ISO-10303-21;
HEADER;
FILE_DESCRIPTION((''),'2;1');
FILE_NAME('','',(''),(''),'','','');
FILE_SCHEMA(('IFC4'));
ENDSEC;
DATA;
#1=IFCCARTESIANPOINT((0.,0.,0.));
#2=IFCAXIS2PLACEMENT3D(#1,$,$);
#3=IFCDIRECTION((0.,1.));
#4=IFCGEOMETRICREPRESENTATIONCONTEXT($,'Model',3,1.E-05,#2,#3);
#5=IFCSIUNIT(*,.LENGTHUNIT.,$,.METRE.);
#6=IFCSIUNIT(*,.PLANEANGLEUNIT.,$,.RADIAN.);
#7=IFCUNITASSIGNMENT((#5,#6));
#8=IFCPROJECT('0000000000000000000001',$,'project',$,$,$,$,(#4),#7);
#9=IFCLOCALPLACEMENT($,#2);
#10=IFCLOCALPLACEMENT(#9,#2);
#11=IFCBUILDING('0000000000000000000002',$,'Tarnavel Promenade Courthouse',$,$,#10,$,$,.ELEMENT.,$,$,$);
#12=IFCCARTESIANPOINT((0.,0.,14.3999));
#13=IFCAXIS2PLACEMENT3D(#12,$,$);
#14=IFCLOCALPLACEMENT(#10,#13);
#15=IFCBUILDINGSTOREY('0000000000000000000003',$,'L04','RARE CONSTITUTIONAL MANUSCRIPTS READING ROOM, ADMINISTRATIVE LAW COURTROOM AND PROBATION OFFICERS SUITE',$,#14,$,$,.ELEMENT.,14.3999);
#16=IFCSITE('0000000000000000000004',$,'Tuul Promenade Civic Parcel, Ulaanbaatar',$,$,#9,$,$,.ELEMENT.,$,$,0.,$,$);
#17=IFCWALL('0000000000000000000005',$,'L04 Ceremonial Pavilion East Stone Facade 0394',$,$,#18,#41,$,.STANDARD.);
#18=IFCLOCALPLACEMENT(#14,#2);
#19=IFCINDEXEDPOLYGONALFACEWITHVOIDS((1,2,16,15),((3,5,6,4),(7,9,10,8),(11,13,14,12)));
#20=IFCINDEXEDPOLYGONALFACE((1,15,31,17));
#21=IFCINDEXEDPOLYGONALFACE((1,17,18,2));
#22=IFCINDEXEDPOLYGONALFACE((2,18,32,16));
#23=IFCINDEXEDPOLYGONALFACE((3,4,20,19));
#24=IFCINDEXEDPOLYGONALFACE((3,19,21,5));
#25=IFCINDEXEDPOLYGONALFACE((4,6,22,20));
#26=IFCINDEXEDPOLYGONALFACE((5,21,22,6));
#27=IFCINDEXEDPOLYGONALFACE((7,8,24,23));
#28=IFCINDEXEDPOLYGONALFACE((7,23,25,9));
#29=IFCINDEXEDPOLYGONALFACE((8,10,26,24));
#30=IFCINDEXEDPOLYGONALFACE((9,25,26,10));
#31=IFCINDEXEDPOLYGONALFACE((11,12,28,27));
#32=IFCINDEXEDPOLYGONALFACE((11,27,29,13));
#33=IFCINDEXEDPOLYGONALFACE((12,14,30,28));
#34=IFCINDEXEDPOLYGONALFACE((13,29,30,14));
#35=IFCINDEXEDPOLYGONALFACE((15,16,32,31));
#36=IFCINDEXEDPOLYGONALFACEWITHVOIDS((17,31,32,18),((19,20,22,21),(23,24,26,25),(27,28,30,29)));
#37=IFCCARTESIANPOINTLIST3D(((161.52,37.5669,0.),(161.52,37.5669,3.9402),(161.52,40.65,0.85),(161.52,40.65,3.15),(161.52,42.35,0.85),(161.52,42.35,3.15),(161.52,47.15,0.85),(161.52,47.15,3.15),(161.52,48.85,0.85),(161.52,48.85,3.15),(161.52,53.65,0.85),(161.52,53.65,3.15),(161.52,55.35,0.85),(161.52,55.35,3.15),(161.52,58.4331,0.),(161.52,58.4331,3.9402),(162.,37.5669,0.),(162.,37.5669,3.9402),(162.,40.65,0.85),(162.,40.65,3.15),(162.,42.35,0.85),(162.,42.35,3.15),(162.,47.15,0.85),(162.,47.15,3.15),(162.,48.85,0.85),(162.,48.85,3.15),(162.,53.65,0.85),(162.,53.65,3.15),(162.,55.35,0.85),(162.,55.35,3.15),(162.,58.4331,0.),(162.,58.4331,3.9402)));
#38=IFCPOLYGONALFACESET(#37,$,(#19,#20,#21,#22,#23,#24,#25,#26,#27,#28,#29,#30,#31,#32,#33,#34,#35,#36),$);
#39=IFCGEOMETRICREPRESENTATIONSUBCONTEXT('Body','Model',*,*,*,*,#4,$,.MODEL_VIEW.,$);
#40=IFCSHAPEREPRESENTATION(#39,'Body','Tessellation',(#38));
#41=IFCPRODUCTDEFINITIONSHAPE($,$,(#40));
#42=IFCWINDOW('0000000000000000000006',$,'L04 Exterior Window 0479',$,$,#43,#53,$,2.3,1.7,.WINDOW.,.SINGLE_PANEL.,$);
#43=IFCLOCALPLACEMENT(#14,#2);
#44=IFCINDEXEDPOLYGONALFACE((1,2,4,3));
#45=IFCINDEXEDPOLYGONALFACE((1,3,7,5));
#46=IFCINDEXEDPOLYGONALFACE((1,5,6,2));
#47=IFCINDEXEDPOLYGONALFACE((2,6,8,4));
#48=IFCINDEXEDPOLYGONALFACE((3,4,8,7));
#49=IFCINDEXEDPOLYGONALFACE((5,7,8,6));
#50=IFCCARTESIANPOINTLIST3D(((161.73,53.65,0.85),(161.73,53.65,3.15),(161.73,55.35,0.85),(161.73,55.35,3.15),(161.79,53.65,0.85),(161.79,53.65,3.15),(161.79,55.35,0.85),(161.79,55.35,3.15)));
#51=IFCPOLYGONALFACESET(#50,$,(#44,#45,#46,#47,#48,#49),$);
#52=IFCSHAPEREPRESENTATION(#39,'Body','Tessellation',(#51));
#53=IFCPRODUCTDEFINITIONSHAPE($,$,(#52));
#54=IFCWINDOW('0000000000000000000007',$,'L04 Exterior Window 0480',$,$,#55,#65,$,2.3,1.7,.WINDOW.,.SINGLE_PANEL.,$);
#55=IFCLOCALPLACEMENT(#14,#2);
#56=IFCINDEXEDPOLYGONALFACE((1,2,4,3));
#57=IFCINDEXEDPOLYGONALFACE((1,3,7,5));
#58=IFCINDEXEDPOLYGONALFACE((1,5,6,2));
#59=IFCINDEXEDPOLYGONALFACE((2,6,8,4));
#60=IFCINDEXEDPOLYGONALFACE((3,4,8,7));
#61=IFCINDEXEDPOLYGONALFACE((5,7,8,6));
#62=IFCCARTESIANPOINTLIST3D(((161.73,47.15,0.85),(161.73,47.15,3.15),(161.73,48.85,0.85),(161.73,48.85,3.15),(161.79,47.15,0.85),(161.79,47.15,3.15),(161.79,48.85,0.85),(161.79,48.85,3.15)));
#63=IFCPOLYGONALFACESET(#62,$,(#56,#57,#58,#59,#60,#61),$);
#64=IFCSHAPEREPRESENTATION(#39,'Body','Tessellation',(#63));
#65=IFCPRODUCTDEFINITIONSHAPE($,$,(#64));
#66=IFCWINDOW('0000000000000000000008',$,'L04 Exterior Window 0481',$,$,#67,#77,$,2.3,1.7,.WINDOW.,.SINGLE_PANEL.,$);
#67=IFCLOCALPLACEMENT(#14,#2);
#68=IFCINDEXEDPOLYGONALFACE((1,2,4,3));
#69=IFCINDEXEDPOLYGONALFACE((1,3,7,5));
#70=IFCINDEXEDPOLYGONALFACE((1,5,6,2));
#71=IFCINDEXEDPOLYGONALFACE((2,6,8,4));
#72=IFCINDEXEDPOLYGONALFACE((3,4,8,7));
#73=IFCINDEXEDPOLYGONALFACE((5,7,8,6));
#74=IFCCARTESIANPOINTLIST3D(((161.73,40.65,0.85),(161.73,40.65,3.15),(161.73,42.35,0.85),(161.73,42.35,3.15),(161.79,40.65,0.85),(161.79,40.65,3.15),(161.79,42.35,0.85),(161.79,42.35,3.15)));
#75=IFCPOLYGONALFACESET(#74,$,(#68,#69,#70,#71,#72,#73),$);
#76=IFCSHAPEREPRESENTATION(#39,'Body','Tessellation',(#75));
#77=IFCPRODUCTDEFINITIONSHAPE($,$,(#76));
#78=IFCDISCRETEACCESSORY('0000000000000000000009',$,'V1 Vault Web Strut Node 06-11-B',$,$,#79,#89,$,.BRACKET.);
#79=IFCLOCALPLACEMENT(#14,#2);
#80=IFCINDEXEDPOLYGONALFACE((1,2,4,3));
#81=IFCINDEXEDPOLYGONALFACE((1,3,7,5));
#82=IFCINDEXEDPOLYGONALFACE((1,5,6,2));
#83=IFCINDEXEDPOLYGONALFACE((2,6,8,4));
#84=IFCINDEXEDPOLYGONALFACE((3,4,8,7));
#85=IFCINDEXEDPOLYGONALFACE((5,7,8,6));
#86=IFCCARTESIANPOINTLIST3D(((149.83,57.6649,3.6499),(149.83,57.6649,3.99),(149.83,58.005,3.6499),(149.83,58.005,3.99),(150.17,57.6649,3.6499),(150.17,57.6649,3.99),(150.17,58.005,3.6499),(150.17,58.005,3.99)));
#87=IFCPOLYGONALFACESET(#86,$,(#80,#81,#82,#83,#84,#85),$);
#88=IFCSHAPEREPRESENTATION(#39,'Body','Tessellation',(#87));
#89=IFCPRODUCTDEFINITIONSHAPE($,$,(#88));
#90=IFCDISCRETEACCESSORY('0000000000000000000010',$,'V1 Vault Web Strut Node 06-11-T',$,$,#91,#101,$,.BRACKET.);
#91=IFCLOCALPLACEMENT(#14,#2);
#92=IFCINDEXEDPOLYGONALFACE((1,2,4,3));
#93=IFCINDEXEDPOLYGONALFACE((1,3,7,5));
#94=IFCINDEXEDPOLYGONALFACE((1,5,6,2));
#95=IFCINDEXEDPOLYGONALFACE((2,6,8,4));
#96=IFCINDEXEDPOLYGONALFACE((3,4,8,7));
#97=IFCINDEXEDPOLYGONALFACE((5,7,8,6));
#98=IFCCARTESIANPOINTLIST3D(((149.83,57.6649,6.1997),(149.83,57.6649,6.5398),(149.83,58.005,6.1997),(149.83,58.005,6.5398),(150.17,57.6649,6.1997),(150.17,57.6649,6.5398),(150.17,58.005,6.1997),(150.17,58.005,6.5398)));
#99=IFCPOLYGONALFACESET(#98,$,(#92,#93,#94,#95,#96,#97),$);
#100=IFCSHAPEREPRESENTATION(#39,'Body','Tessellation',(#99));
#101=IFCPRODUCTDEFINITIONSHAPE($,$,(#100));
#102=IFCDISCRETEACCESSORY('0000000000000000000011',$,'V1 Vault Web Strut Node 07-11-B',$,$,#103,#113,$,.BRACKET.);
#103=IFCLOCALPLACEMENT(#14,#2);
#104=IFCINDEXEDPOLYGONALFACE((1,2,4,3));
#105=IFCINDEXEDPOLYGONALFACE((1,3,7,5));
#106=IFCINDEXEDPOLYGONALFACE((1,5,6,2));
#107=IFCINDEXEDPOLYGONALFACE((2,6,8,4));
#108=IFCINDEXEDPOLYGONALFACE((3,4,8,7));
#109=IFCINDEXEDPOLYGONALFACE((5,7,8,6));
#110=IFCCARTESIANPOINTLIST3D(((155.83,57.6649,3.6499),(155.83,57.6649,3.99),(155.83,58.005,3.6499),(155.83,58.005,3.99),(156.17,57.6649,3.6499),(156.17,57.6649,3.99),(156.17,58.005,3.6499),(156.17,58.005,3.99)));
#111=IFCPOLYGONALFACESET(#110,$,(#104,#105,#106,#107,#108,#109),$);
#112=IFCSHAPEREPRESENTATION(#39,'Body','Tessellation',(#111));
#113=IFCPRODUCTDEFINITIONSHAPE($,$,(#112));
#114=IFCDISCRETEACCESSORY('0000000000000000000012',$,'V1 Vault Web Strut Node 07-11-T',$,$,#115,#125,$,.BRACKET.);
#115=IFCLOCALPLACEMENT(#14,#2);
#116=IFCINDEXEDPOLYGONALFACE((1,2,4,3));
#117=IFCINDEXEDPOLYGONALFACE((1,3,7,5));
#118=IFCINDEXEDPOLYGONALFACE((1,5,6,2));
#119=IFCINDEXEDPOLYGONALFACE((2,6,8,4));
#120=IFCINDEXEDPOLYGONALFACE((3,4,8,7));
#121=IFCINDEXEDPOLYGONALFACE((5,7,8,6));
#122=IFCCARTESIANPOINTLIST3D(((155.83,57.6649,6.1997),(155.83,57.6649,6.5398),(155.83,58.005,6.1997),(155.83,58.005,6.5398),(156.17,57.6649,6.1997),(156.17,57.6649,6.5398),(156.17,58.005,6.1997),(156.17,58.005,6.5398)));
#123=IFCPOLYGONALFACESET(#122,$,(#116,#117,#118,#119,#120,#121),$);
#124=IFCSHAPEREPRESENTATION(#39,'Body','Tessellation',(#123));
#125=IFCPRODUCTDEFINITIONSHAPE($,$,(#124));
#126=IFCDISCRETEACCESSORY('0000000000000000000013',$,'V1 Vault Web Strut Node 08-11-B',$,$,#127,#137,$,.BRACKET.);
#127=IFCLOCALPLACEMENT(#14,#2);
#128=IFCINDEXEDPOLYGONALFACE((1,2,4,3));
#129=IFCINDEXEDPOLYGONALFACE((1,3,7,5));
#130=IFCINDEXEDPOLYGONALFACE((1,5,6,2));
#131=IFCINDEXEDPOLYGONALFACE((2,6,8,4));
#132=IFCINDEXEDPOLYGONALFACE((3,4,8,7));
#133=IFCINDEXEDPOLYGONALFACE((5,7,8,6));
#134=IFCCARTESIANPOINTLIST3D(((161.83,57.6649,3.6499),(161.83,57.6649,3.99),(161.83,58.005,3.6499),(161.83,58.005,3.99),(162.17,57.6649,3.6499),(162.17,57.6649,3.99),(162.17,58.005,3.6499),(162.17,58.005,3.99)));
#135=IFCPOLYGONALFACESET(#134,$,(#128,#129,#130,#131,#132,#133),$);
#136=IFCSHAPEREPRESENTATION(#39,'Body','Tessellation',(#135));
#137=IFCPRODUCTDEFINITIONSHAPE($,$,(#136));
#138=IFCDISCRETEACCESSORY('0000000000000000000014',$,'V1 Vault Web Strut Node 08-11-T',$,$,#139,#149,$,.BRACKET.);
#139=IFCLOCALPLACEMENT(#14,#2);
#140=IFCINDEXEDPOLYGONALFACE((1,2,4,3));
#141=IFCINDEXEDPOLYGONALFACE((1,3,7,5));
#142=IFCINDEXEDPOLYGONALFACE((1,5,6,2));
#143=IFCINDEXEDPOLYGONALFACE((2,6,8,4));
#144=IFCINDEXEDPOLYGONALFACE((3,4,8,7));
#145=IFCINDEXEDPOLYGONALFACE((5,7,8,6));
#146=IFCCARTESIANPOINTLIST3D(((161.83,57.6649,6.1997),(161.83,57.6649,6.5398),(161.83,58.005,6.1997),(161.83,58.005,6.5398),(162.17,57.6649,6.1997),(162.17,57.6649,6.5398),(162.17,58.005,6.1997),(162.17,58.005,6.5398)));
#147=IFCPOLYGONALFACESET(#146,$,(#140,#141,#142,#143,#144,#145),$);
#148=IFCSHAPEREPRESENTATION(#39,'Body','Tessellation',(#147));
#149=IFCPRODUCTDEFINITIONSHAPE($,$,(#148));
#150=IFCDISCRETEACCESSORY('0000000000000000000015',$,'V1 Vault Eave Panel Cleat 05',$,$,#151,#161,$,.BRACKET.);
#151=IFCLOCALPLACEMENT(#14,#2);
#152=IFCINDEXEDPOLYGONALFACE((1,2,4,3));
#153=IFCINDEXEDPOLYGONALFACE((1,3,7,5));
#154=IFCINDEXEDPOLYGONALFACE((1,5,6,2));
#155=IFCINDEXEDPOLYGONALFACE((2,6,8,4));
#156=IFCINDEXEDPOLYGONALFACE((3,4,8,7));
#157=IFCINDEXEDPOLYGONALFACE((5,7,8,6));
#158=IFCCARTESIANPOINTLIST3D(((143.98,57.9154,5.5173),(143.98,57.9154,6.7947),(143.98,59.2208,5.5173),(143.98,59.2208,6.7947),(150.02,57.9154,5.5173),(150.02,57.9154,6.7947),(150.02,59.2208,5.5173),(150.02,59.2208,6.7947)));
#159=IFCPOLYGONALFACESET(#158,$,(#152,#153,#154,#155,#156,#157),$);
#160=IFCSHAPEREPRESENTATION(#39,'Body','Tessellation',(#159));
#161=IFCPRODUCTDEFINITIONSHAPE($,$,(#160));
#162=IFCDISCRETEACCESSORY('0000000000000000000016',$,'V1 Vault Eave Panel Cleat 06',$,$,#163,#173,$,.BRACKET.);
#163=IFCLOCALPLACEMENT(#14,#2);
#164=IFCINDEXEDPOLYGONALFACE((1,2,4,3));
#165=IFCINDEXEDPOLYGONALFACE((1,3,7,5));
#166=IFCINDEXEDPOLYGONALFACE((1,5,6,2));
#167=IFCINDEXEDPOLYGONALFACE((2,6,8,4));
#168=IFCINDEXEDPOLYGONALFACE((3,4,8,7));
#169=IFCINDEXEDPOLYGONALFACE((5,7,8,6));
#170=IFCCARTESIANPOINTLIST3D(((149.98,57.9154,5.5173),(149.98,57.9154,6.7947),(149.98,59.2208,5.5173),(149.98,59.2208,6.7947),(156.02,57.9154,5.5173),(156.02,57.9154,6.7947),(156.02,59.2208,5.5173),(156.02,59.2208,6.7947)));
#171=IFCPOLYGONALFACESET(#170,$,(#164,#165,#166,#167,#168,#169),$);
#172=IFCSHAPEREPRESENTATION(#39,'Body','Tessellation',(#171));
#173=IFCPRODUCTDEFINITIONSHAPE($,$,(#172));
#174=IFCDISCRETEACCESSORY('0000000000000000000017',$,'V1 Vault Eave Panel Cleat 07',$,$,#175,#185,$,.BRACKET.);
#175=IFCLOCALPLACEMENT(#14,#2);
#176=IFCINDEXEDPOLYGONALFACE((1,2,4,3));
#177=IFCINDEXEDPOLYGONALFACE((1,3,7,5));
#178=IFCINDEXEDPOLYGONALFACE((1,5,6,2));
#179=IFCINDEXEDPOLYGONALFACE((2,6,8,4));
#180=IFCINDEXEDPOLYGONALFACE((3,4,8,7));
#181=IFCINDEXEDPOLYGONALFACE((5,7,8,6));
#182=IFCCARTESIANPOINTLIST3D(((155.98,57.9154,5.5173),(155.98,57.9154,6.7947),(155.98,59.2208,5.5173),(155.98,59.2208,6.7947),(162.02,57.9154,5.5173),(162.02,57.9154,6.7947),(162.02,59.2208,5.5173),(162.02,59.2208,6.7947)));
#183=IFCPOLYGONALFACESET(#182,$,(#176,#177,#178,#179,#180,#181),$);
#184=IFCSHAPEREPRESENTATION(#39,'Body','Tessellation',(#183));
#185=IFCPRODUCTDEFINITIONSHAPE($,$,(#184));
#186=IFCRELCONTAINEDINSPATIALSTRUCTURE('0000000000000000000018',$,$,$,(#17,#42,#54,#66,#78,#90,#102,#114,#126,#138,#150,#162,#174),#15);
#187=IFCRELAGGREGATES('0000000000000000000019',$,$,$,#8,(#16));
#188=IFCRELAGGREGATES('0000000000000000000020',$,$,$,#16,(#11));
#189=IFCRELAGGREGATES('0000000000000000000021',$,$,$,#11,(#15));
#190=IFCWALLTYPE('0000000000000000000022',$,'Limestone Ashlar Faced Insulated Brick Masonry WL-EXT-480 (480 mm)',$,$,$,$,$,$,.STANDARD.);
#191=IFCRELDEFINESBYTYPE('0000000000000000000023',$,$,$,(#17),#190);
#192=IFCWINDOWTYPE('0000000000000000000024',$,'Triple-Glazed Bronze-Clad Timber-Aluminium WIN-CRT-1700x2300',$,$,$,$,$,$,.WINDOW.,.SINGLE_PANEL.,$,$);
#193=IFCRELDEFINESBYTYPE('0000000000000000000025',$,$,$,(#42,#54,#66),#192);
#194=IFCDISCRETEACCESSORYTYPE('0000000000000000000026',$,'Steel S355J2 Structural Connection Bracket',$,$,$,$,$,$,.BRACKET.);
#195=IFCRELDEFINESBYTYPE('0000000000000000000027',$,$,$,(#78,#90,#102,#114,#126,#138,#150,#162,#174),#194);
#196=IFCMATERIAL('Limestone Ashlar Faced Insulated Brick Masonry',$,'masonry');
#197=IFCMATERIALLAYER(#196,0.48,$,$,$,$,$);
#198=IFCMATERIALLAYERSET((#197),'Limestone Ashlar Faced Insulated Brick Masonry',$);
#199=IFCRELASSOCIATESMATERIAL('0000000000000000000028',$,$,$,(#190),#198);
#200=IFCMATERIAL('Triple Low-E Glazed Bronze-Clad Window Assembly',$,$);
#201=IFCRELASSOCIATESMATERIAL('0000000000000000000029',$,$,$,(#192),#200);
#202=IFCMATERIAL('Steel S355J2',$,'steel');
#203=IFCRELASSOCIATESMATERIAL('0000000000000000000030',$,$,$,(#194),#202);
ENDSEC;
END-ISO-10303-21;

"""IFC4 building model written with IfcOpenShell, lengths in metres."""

from ifc_helpers import new_model, si_unit, direction, frame, frame_2d, origin, origin_2d, place, context, subcontext, project, spatial, rectangle, extrude, material, layer, layer_set, type_object, element, fill, save


model = new_model("IFC4")

# Units and contexts
model_context = context("Model", 3, precision=1e-05, world=origin(), true_north=direction((0.0, 1.0)))
body_context = subcontext(model_context, "Body", "Model", "MODEL_VIEW")
ifc_project = project(units=[si_unit("LENGTHUNIT", "METRE"), si_unit("PLANEANGLEUNIT", "RADIAN")], contexts=[model_context])

# Site, building, storey
site_placement = place(None, origin())
site = spatial("IfcSite", under=ifc_project, at=site_placement, Name="Tuul Promenade Civic Parcel, Ulaanbaatar", CompositionType="ELEMENT", RefElevation=0.0)
building_placement = place(site_placement, origin())
building = spatial("IfcBuilding", under=site, at=building_placement, Name="Tarnavel Promenade Courthouse", CompositionType="ELEMENT")
storey_placement = place(building_placement, frame((0.0, 0.0, 14.3999)))
storey = spatial("IfcBuildingStorey", under=building, at=storey_placement, Name="L04", Description="RARE CONSTITUTIONAL MANUSCRIPTS READING ROOM, ADMINISTRATIVE LAW COURTROOM AND PROBATION OFFICERS SUITE", CompositionType="ELEMENT", Elevation=14.3999)

# Shared definitions
ifc_material_1 = material(Name="Steel S355J2", Category="steel")

# Wall, openings, windows
ifc_material_2 = material(Name="Limestone Ashlar Faced Insulated Brick Masonry", Category="masonry")
ifc_layer_1 = layer(ifc_material_2, 0.48)
ifc_layer_set_1 = layer_set([ifc_layer_1], Name="Limestone Ashlar Faced Insulated Brick Masonry")
wall_type = type_object("IfcWallType", Name="Limestone Ashlar Faced Insulated Brick Masonry WL-EXT-480 (480 mm)", PredefinedType="STANDARD", material=ifc_layer_set_1)
wall_placement = place(storey_placement, frame((161.76, 58.4331, 0.0), z_axis=(0.0, 0.0, 1.0), x_axis=(0.0, -1.0, 0.0)))
wall = element("IfcWall", 1, at=wall_placement, inside=storey, type_object=wall_type, Name="L04 Ceremonial Pavilion East Stone Facade 0394", PredefinedType="STANDARD", context=body_context, shape_type="SweptSolid", body=[
    extrude(rectangle(XDim=20.8662, YDim=0.48, at=frame_2d((10.4331, 0.0))), origin(), (0.0, 0.0, 1.0), 3.9402),
])
opening_1_placement = place(wall_placement, frame((3.083, 0.0, 0.8501)))
opening_1 = element("IfcOpeningElement", 2, at=opening_1_placement, cuts=wall, PredefinedType="OPENING", context=body_context, shape_type="SweptSolid", body=[
    extrude(rectangle(XDim=1.7, YDim=2.3, at=frame_2d((0.8501, 1.1499))), frame((0.0, 0.25, 0.0), z_axis=(0.0, -1.0, 0.0), x_axis=(1.0, 0.0, 0.0)), (0.0, 0.0, 1.0), 0.5),
])
opening_2_placement = place(wall_placement, frame((9.583, 0.0, 0.8501)))
opening_2 = element("IfcOpeningElement", 3, at=opening_2_placement, cuts=wall, PredefinedType="OPENING", context=body_context, shape_type="SweptSolid", body=[
    extrude(rectangle(XDim=1.7, YDim=2.3, at=frame_2d((0.8501, 1.1499))), frame((0.0, 0.25, 0.0), z_axis=(0.0, -1.0, 0.0), x_axis=(1.0, 0.0, 0.0)), (0.0, 0.0, 1.0), 0.5),
])
opening_3_placement = place(wall_placement, frame((16.083, 0.0, 0.8501)))
opening_3 = element("IfcOpeningElement", 4, at=opening_3_placement, cuts=wall, PredefinedType="OPENING", context=body_context, shape_type="SweptSolid", body=[
    extrude(rectangle(XDim=1.7, YDim=2.3, at=frame_2d((0.8501, 1.1499))), frame((0.0, 0.25, 0.0), z_axis=(0.0, -1.0, 0.0), x_axis=(1.0, 0.0, 0.0)), (0.0, 0.0, 1.0), 0.5),
])
ifc_material_3 = material(Name="Triple Low-E Glazed Bronze-Clad Window Assembly")
window_type = type_object("IfcWindowType", Name="Triple-Glazed Bronze-Clad Timber-Aluminium WIN-CRT-1700x2300", PartitioningType="SINGLE_PANEL", PredefinedType="WINDOW", material=ifc_material_3)
window_1_placement = place(opening_1_placement, origin())
window_1 = element("IfcWindow", 5, at=window_1_placement, inside=storey, type_object=window_type, Name="L04 Exterior Window 0479", OverallHeight=2.3, OverallWidth=1.7, PartitioningType="SINGLE_PANEL", PredefinedType="WINDOW", context=body_context, shape_type="SweptSolid", body=[
    extrude(rectangle(XDim=1.7, YDim=2.3, at=frame_2d((0.8501, 1.1499))), frame((0.0, 0.03, 0.0), z_axis=(0.0, -1.0, 0.0), x_axis=(1.0, 0.0, 0.0)), (0.0, 0.0, 1.0), 0.0601),
])
fill(opening_1, window_1)
window_2_placement = place(opening_2_placement, origin())
window_2 = element("IfcWindow", 6, at=window_2_placement, inside=storey, type_object=window_type, Name="L04 Exterior Window 0480", OverallHeight=2.3, OverallWidth=1.7, PartitioningType="SINGLE_PANEL", PredefinedType="WINDOW", context=body_context, shape_type="SweptSolid", body=[
    extrude(rectangle(XDim=1.7, YDim=2.3, at=frame_2d((0.8501, 1.1499))), frame((0.0, 0.03, 0.0), z_axis=(0.0, -1.0, 0.0), x_axis=(1.0, 0.0, 0.0)), (0.0, 0.0, 1.0), 0.0601),
])
fill(opening_2, window_2)
window_3_placement = place(opening_3_placement, origin())
window_3 = element("IfcWindow", 7, at=window_3_placement, inside=storey, type_object=window_type, Name="L04 Exterior Window 0481", OverallHeight=2.3, OverallWidth=1.7, PartitioningType="SINGLE_PANEL", PredefinedType="WINDOW", context=body_context, shape_type="SweptSolid", body=[
    extrude(rectangle(XDim=1.7, YDim=2.3, at=frame_2d((0.8501, 1.1499))), frame((0.0, 0.03, 0.0), z_axis=(0.0, -1.0, 0.0), x_axis=(1.0, 0.0, 0.0)), (0.0, 0.0, 1.0), 0.0601),
])
fill(opening_3, window_3)

# Discrete accessories
discrete_accessory_type = type_object("IfcDiscreteAccessoryType", Name="Steel S355J2 Structural Connection Bracket", PredefinedType="BRACKET", material=ifc_material_1)
for number, where, z_axis, x_axis, name in (
    (8, (150.0, 57.835, 3.6499), (0.0, 0.0, 1.0), (1.0, 0.0, 0.0), "V1 Vault Web Strut Node 06-11-B"),
    (9, (150.0, 57.835, 6.1997), (0.0, 0.0, 1.0), (1.0, 0.0, 0.0), "V1 Vault Web Strut Node 06-11-T"),
    (10, (156.0, 57.835, 3.6499), (0.0, 0.0, 1.0), (1.0, 0.0, 0.0), "V1 Vault Web Strut Node 07-11-B"),
    (11, (156.0, 57.835, 6.1997), (0.0, 0.0, 1.0), (1.0, 0.0, 0.0), "V1 Vault Web Strut Node 07-11-T"),
    (12, (162.0, 57.835, 3.6499), (0.0, 0.0, 1.0), (1.0, 0.0, 0.0), "V1 Vault Web Strut Node 08-11-B"),
    (13, (162.0, 57.835, 6.1997), (0.0, 0.0, 1.0), (1.0, 0.0, 0.0), "V1 Vault Web Strut Node 08-11-T"),
):
    element("IfcDiscreteAccessory", number, at=place(storey_placement, frame(where, z_axis=z_axis, x_axis=x_axis)), inside=storey, type_object=discrete_accessory_type, Name=name, PredefinedType="BRACKET", context=body_context, shape_type="SweptSolid", body=[
        extrude(rectangle(XDim=0.3401, YDim=0.3401, at=origin_2d()), origin(), (0.0, 0.0, 1.0), 0.3401),
    ])
for number, where, z_axis, x_axis, name in (
    (14, (147.0, 58.5681, 5.5173), (0.0, 0.0, 1.0), (1.0, 0.0, 0.0), "V1 Vault Eave Panel Cleat 05"),
    (15, (153.0, 58.5681, 5.5173), (0.0, 0.0, 1.0), (1.0, 0.0, 0.0), "V1 Vault Eave Panel Cleat 06"),
    (16, (159.0, 58.5681, 5.5173), (0.0, 0.0, 1.0), (1.0, 0.0, 0.0), "V1 Vault Eave Panel Cleat 07"),
):
    element("IfcDiscreteAccessory", number, at=place(storey_placement, frame(where, z_axis=z_axis, x_axis=x_axis)), inside=storey, type_object=discrete_accessory_type, Name=name, PredefinedType="BRACKET", context=body_context, shape_type="SweptSolid", body=[
        extrude(rectangle(XDim=6.04, YDim=1.3054, at=origin_2d()), origin(), (0.0, 0.0, 1.0), 1.2773),
    ])

save(model, "model.ifc")
